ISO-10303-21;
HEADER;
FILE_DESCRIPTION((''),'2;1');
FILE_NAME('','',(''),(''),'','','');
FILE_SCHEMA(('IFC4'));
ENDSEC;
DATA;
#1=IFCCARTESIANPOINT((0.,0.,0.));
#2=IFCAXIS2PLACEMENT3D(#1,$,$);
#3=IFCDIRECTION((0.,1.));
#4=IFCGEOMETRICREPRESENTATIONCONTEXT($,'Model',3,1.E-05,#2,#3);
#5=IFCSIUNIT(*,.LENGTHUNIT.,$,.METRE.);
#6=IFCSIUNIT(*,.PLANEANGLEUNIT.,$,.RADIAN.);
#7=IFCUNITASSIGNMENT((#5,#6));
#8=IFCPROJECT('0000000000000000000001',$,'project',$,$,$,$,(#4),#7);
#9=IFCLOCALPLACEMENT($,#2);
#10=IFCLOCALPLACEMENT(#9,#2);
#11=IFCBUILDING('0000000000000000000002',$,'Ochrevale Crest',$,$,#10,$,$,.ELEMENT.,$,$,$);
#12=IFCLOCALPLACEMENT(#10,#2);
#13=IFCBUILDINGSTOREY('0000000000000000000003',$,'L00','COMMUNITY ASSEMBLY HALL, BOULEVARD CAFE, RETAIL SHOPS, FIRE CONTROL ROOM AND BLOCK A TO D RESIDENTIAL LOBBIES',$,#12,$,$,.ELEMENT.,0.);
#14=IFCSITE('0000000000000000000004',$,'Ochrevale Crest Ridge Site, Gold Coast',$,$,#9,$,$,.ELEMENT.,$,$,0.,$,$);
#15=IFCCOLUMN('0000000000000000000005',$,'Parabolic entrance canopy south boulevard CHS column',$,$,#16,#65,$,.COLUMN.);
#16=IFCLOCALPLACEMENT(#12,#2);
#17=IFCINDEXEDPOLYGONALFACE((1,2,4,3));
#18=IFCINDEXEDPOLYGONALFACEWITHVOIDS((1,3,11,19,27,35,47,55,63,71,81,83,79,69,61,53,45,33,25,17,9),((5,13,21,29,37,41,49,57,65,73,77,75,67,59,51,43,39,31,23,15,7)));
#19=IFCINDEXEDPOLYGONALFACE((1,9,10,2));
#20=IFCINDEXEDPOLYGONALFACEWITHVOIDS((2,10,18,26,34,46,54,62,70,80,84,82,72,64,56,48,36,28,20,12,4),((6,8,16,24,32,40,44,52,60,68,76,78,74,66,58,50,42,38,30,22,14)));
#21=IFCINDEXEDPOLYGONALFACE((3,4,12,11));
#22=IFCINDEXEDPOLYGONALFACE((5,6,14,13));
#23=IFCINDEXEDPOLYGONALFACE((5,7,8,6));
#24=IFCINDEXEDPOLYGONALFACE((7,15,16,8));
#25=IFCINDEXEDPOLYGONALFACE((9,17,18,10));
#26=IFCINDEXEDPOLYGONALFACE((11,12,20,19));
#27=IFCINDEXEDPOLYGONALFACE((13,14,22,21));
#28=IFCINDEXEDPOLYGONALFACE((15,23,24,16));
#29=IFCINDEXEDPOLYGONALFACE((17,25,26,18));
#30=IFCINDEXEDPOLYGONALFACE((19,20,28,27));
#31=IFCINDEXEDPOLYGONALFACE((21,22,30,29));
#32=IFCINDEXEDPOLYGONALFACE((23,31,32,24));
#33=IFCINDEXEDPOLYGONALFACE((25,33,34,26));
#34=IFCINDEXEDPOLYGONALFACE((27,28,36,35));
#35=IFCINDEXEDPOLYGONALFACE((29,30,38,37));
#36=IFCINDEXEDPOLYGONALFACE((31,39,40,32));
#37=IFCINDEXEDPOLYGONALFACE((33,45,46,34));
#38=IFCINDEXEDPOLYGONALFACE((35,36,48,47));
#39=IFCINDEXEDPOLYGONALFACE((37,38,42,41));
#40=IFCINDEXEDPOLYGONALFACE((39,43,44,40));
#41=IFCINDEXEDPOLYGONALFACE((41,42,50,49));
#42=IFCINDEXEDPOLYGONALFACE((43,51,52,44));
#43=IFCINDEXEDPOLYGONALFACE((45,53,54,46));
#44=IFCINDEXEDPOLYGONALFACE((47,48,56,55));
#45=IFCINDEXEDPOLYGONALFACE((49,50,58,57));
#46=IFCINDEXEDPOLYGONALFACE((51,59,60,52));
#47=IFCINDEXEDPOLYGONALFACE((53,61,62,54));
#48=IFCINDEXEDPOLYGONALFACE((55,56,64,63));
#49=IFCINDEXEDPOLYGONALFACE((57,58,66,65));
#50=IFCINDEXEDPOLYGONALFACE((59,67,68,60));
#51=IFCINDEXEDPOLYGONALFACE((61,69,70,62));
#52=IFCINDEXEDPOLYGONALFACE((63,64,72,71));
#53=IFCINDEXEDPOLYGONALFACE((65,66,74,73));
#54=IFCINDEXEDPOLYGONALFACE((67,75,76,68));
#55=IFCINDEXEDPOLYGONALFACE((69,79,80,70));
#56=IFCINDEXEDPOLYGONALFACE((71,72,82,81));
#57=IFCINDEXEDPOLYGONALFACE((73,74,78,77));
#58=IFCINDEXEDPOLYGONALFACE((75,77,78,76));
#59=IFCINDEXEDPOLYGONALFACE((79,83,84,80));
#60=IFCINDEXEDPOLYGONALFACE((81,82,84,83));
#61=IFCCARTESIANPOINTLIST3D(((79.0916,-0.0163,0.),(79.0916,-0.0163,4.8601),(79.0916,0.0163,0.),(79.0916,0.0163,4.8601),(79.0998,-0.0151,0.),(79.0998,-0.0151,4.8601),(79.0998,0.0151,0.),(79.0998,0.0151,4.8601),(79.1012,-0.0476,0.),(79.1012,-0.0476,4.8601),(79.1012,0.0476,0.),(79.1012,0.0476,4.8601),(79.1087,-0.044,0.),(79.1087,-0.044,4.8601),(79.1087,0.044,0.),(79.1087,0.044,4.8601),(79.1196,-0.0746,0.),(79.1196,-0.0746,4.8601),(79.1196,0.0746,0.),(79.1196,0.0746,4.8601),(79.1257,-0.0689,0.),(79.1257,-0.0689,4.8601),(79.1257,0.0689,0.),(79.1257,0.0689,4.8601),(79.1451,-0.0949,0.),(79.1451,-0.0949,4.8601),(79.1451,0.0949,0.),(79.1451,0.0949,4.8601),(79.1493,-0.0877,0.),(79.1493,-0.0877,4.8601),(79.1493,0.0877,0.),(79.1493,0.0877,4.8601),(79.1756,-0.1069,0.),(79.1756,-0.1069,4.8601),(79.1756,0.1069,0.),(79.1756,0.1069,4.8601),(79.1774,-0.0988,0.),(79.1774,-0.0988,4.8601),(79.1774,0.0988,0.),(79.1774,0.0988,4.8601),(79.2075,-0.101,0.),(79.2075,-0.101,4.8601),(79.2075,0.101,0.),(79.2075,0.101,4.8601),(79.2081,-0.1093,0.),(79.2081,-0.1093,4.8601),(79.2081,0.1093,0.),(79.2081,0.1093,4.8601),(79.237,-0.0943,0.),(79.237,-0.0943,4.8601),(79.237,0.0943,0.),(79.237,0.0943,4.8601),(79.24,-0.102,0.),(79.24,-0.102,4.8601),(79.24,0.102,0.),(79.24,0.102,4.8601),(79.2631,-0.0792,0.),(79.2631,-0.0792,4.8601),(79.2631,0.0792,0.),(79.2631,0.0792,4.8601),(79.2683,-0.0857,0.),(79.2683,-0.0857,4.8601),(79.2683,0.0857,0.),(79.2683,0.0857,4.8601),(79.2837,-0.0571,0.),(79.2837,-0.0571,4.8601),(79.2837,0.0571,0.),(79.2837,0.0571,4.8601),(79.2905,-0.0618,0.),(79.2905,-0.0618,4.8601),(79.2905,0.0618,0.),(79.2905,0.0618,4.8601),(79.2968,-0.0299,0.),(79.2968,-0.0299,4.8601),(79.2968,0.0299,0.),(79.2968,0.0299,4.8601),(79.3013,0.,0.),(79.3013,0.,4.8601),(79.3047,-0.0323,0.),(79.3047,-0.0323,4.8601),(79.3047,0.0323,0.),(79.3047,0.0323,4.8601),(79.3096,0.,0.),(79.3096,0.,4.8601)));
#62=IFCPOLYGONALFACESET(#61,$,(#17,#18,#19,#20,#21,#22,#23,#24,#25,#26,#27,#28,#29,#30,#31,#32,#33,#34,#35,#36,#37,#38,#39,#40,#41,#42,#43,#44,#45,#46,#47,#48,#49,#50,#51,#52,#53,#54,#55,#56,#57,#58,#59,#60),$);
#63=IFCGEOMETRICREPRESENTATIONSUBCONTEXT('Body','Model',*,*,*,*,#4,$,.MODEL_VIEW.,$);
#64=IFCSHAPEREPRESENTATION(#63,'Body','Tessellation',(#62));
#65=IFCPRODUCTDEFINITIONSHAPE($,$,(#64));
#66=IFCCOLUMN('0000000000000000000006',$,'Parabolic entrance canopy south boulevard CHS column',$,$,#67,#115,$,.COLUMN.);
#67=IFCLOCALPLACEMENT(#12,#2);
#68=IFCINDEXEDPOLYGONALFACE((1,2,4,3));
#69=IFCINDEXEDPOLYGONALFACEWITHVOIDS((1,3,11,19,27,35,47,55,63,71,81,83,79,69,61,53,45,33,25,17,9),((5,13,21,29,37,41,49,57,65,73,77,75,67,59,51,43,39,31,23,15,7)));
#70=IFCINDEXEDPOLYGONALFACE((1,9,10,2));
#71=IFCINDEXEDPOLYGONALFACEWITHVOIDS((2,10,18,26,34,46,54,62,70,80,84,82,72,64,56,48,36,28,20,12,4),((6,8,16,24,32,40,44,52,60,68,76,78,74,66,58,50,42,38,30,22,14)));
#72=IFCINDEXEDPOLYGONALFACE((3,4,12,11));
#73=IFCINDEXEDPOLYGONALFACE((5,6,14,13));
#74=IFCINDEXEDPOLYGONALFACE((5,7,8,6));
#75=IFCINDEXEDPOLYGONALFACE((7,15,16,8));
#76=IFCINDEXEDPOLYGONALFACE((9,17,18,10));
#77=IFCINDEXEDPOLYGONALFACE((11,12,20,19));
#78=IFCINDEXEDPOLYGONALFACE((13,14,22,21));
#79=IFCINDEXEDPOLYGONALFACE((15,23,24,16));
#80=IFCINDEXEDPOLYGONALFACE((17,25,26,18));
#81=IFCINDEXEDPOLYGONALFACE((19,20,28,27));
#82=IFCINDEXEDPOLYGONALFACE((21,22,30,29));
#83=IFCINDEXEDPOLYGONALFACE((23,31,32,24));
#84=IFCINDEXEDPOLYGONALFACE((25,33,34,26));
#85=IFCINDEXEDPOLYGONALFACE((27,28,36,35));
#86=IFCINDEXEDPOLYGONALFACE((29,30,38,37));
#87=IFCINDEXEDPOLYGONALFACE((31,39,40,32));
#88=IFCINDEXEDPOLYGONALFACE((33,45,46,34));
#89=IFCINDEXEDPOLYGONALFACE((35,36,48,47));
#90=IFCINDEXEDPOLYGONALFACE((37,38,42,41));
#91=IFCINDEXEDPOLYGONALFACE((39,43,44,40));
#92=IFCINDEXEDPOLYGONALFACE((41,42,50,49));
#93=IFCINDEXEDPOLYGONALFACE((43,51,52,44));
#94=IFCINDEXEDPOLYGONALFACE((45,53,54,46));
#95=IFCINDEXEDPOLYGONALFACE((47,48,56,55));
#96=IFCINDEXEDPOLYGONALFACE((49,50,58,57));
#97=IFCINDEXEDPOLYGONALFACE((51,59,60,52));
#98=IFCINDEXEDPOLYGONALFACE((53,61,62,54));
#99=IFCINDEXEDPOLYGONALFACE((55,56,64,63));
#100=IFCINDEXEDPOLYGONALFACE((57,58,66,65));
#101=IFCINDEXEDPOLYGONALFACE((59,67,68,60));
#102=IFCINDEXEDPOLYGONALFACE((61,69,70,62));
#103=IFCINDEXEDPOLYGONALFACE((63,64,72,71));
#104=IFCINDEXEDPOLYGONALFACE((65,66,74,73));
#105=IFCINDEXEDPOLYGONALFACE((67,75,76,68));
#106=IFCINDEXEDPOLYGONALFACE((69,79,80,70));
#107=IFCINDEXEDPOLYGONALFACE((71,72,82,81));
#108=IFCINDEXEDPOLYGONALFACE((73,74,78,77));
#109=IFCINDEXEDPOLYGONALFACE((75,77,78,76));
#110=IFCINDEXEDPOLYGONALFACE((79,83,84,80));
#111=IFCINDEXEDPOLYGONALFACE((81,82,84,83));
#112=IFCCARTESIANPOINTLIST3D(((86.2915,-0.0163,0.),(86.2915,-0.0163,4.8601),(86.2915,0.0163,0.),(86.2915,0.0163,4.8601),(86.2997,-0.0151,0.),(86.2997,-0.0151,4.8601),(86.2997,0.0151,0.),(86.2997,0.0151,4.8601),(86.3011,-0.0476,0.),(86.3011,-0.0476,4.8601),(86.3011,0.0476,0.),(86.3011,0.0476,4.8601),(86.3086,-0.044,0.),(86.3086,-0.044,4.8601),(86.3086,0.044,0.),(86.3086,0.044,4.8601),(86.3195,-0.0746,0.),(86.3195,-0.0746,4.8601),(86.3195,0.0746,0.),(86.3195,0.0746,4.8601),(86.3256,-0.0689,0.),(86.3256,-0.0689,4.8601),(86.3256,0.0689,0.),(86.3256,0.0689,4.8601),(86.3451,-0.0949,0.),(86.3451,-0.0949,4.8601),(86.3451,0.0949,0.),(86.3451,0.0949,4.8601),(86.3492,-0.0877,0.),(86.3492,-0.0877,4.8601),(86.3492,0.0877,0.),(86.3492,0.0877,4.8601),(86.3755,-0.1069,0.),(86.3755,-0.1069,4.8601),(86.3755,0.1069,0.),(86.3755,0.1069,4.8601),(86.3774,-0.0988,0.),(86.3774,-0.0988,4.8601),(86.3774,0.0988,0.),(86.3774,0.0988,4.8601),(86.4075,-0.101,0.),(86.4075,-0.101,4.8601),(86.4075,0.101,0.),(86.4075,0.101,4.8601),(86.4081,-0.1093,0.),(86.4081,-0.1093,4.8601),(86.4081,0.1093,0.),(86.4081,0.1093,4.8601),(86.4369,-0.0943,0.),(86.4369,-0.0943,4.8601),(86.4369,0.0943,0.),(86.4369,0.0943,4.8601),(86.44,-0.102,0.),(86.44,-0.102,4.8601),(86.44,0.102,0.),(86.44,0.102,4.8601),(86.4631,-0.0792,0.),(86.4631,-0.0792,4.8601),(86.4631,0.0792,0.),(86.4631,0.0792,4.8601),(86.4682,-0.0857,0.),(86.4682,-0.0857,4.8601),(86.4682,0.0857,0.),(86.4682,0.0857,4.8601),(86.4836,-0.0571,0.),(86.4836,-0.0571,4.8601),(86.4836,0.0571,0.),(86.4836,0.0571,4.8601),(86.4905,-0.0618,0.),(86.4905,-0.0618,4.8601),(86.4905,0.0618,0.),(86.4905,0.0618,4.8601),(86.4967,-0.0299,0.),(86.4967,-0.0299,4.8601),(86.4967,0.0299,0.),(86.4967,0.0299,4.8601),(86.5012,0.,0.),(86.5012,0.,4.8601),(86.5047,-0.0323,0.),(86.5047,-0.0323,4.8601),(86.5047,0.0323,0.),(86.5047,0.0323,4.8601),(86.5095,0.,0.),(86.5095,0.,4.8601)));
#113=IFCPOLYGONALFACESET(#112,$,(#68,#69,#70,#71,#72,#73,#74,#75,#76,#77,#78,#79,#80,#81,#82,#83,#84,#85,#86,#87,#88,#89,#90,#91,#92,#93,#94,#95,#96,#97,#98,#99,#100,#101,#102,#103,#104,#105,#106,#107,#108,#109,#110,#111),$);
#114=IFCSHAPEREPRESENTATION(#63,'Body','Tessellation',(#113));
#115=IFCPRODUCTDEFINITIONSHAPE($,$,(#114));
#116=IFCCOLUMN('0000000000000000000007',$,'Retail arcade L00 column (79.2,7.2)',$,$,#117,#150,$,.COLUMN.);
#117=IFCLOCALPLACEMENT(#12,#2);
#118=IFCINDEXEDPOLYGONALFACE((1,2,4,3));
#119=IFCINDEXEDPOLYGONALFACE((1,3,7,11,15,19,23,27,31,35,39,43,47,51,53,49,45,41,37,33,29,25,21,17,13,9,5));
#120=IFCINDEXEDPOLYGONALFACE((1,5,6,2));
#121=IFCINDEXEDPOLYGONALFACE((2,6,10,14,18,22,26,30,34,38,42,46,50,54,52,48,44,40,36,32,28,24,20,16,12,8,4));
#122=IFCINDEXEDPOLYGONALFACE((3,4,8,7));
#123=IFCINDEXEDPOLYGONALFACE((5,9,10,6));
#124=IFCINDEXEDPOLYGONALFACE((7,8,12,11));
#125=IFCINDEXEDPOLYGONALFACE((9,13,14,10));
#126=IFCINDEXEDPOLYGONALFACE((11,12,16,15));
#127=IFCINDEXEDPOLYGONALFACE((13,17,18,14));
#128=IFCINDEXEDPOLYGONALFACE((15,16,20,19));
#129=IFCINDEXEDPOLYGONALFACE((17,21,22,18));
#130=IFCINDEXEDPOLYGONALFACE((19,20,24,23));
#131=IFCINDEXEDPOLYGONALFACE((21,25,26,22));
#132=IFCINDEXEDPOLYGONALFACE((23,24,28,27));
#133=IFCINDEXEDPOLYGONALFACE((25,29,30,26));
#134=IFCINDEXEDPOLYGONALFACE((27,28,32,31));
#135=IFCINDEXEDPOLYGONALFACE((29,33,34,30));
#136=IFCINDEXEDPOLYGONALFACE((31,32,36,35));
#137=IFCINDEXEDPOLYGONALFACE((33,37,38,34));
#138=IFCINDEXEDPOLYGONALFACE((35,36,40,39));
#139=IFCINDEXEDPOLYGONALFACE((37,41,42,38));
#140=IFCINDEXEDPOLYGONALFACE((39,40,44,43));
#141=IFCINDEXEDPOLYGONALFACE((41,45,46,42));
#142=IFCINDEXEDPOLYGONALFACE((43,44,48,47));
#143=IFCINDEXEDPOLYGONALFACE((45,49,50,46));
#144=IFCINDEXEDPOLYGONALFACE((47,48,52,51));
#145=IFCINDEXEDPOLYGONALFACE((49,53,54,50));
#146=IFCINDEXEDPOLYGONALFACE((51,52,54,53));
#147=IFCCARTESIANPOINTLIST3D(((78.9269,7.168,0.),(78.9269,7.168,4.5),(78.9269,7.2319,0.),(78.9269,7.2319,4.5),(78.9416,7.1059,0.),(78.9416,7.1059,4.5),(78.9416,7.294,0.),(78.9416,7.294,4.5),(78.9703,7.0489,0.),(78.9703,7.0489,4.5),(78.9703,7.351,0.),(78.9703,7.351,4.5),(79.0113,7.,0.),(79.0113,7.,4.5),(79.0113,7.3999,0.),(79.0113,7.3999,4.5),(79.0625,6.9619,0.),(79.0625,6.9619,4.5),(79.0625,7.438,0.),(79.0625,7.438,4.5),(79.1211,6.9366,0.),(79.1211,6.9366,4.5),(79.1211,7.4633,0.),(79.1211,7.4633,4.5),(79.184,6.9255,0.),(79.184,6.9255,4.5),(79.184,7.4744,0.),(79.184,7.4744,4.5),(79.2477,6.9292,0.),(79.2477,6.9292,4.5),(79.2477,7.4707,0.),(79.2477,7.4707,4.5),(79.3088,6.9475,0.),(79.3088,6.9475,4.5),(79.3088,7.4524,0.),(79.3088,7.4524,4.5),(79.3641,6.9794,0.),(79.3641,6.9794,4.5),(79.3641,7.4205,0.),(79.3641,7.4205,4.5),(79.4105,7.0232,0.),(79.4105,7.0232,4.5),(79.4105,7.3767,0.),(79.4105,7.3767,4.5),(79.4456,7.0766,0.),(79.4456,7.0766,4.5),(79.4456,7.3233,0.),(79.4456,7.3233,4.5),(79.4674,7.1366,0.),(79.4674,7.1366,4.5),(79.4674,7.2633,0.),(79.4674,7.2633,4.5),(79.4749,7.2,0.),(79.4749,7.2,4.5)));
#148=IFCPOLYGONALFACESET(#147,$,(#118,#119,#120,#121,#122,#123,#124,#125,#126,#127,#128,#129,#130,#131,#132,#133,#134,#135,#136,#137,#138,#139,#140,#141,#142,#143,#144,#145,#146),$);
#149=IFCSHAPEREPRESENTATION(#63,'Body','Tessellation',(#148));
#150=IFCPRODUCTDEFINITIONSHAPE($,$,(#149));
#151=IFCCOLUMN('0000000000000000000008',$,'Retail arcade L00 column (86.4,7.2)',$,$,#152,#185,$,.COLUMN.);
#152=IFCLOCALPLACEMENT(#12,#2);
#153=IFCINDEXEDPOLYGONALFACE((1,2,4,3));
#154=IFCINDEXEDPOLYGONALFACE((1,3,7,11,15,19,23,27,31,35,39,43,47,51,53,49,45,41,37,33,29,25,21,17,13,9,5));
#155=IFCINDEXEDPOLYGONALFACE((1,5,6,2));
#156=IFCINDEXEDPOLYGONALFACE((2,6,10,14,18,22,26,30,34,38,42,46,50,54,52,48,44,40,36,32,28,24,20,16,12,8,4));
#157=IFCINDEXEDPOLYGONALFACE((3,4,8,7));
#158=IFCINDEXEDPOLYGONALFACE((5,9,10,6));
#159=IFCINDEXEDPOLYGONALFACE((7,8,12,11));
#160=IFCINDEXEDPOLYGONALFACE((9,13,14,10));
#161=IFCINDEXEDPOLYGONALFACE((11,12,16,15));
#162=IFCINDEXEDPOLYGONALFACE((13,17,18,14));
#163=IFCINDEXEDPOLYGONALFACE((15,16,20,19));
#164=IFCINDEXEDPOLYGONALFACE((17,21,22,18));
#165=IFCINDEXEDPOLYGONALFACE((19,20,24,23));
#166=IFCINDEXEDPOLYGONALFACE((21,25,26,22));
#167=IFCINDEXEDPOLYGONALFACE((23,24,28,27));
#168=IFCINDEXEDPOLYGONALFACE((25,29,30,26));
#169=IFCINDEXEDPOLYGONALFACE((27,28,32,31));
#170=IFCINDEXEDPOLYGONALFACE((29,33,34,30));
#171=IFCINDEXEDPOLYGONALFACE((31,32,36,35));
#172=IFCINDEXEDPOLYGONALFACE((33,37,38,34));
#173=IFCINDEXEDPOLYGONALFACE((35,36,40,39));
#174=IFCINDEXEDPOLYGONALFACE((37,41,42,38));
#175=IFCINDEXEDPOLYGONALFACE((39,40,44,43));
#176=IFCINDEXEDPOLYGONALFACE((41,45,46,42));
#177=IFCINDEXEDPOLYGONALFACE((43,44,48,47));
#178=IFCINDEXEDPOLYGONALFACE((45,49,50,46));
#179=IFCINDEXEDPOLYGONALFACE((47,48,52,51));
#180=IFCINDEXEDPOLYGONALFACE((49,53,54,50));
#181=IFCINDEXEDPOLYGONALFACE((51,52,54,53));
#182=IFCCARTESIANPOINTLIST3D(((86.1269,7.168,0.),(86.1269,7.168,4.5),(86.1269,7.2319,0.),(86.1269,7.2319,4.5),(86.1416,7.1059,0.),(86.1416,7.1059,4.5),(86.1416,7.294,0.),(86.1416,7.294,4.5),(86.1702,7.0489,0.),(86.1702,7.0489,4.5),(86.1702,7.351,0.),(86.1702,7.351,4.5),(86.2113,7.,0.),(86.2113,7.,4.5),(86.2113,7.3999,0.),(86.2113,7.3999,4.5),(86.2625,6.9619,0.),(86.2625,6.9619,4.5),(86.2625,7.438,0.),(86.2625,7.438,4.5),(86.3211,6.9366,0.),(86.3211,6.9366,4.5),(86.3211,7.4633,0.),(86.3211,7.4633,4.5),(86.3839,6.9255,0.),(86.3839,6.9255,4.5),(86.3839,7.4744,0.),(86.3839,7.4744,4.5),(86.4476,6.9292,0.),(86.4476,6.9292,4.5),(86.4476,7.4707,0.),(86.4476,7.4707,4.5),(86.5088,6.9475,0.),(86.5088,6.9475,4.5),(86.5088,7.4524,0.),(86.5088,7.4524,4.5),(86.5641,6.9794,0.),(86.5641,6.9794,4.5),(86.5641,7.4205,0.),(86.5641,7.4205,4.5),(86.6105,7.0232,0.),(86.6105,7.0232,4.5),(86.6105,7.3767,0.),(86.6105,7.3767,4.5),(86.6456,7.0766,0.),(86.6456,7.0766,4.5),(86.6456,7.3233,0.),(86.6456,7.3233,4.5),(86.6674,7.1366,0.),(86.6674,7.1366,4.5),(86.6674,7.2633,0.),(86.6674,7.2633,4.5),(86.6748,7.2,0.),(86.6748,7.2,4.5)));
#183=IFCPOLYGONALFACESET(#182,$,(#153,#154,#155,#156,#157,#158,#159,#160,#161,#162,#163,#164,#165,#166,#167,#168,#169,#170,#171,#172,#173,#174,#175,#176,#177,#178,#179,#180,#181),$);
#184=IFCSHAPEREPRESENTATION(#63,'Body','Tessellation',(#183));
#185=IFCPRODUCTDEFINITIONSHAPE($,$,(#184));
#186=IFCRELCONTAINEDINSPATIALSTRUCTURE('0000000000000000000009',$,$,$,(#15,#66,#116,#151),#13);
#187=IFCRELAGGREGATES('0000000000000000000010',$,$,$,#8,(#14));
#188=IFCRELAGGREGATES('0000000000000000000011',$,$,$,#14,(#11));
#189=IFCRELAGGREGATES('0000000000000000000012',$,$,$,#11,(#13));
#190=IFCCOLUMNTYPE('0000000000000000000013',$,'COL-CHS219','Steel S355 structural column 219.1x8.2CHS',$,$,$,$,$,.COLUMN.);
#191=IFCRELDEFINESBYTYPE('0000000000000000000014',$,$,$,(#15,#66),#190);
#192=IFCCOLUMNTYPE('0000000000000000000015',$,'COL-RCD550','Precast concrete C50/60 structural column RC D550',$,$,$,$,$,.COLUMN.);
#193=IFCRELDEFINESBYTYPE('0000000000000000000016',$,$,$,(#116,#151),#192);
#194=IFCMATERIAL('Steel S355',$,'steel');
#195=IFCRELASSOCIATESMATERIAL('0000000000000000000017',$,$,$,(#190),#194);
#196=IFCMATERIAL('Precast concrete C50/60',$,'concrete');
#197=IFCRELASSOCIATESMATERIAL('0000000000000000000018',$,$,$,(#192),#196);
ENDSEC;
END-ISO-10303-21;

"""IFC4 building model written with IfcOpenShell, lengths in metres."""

from ifc_helpers import new_model, si_unit, direction, frame, origin, origin_2d, place, context, subcontext, project, spatial, circle, hollow_circle, extrude, material, material_profile, profile_set, type_object, element, save


model = new_model("IFC4")

# Units and contexts
model_context = context("Model", 3, precision=1e-05, world=origin(), true_north=direction((0.0, 1.0)))
body_context = subcontext(model_context, "Body", "Model", "MODEL_VIEW")
ifc_project = project(units=[si_unit("LENGTHUNIT", "METRE"), si_unit("PLANEANGLEUNIT", "RADIAN")], contexts=[model_context])

# Site, building, storey
site_placement = place(None, origin())
site = spatial("IfcSite", under=ifc_project, at=site_placement, Name="Ochrevale Crest Ridge Site, Gold Coast", CompositionType="ELEMENT", RefElevation=0.0)
building_placement = place(site_placement, origin())
building = spatial("IfcBuilding", under=site, at=building_placement, Name="Ochrevale Crest", CompositionType="ELEMENT")
storey_placement = place(building_placement, origin())
storey = spatial("IfcBuildingStorey", under=building, at=storey_placement, Name="L00", Description="COMMUNITY ASSEMBLY HALL, BOULEVARD CAFE, RETAIL SHOPS, FIRE CONTROL ROOM AND BLOCK A TO D RESIDENTIAL LOBBIES", CompositionType="ELEMENT", Elevation=0.0)

# Columns
ifc_material_1 = material(Name="Steel S355", Category="steel")
ifc_material_profile_1 = material_profile(ifc_material_1, hollow_circle(Radius=0.1096, WallThickness=0.0083, at=origin_2d()), Name="219.1x8.2CHS")
ifc_profile_set_1 = profile_set([ifc_material_profile_1], Name="Steel S355")
column_type_1 = type_object("IfcColumnType", Name="COL-CHS219", Description="Steel S355 structural column 219.1x8.2CHS", PredefinedType="COLUMN", material=ifc_profile_set_1)
for number, where, z_axis, x_axis, name in (
    (1, (79.2, 0.0, 0.0), (0.0, 0.0, 1.0), (1.0, 0.0, 0.0), "Parabolic entrance canopy south boulevard CHS column"),
    (2, (86.3999, 0.0, 0.0), (0.0, 0.0, 1.0), (1.0, 0.0, 0.0), "Parabolic entrance canopy south boulevard CHS column"),
):
    element("IfcColumn", number, at=place(storey_placement, frame(where, z_axis=z_axis, x_axis=x_axis)), inside=storey, type_object=column_type_1, Name=name, PredefinedType="COLUMN", context=body_context, shape_type="SweptSolid", body=[
        extrude(hollow_circle(Radius=0.1096, WallThickness=0.0083, at=origin_2d()), origin(), (0.0, 0.0, 1.0), 4.8601),
    ])
ifc_material_2 = material(Name="Precast concrete C50/60", Category="concrete")
ifc_material_profile_2 = material_profile(ifc_material_2, circle(Radius=0.2749, at=origin_2d()), Name="RC D550")
ifc_profile_set_2 = profile_set([ifc_material_profile_2], Name="Precast concrete C50/60")
column_type_2 = type_object("IfcColumnType", Name="COL-RCD550", Description="Precast concrete C50/60 structural column RC D550", PredefinedType="COLUMN", material=ifc_profile_set_2)
for number, where, z_axis, x_axis, name in (
    (3, (79.2, 7.2, 0.0), (0.0, 0.0, 1.0), (1.0, 0.0, 0.0), "Retail arcade L00 column (79.2,7.2)"),
    (4, (86.3999, 7.2, 0.0), (0.0, 0.0, 1.0), (1.0, 0.0, 0.0), "Retail arcade L00 column (86.4,7.2)"),
):
    element("IfcColumn", number, at=place(storey_placement, frame(where, z_axis=z_axis, x_axis=x_axis)), inside=storey, type_object=column_type_2, Name=name, PredefinedType="COLUMN", context=body_context, shape_type="SweptSolid", body=[
        extrude(circle(Radius=0.2749, at=origin_2d()), origin(), (0.0, 0.0, 1.0), 4.5),
    ])

save(model, "model.ifc")
